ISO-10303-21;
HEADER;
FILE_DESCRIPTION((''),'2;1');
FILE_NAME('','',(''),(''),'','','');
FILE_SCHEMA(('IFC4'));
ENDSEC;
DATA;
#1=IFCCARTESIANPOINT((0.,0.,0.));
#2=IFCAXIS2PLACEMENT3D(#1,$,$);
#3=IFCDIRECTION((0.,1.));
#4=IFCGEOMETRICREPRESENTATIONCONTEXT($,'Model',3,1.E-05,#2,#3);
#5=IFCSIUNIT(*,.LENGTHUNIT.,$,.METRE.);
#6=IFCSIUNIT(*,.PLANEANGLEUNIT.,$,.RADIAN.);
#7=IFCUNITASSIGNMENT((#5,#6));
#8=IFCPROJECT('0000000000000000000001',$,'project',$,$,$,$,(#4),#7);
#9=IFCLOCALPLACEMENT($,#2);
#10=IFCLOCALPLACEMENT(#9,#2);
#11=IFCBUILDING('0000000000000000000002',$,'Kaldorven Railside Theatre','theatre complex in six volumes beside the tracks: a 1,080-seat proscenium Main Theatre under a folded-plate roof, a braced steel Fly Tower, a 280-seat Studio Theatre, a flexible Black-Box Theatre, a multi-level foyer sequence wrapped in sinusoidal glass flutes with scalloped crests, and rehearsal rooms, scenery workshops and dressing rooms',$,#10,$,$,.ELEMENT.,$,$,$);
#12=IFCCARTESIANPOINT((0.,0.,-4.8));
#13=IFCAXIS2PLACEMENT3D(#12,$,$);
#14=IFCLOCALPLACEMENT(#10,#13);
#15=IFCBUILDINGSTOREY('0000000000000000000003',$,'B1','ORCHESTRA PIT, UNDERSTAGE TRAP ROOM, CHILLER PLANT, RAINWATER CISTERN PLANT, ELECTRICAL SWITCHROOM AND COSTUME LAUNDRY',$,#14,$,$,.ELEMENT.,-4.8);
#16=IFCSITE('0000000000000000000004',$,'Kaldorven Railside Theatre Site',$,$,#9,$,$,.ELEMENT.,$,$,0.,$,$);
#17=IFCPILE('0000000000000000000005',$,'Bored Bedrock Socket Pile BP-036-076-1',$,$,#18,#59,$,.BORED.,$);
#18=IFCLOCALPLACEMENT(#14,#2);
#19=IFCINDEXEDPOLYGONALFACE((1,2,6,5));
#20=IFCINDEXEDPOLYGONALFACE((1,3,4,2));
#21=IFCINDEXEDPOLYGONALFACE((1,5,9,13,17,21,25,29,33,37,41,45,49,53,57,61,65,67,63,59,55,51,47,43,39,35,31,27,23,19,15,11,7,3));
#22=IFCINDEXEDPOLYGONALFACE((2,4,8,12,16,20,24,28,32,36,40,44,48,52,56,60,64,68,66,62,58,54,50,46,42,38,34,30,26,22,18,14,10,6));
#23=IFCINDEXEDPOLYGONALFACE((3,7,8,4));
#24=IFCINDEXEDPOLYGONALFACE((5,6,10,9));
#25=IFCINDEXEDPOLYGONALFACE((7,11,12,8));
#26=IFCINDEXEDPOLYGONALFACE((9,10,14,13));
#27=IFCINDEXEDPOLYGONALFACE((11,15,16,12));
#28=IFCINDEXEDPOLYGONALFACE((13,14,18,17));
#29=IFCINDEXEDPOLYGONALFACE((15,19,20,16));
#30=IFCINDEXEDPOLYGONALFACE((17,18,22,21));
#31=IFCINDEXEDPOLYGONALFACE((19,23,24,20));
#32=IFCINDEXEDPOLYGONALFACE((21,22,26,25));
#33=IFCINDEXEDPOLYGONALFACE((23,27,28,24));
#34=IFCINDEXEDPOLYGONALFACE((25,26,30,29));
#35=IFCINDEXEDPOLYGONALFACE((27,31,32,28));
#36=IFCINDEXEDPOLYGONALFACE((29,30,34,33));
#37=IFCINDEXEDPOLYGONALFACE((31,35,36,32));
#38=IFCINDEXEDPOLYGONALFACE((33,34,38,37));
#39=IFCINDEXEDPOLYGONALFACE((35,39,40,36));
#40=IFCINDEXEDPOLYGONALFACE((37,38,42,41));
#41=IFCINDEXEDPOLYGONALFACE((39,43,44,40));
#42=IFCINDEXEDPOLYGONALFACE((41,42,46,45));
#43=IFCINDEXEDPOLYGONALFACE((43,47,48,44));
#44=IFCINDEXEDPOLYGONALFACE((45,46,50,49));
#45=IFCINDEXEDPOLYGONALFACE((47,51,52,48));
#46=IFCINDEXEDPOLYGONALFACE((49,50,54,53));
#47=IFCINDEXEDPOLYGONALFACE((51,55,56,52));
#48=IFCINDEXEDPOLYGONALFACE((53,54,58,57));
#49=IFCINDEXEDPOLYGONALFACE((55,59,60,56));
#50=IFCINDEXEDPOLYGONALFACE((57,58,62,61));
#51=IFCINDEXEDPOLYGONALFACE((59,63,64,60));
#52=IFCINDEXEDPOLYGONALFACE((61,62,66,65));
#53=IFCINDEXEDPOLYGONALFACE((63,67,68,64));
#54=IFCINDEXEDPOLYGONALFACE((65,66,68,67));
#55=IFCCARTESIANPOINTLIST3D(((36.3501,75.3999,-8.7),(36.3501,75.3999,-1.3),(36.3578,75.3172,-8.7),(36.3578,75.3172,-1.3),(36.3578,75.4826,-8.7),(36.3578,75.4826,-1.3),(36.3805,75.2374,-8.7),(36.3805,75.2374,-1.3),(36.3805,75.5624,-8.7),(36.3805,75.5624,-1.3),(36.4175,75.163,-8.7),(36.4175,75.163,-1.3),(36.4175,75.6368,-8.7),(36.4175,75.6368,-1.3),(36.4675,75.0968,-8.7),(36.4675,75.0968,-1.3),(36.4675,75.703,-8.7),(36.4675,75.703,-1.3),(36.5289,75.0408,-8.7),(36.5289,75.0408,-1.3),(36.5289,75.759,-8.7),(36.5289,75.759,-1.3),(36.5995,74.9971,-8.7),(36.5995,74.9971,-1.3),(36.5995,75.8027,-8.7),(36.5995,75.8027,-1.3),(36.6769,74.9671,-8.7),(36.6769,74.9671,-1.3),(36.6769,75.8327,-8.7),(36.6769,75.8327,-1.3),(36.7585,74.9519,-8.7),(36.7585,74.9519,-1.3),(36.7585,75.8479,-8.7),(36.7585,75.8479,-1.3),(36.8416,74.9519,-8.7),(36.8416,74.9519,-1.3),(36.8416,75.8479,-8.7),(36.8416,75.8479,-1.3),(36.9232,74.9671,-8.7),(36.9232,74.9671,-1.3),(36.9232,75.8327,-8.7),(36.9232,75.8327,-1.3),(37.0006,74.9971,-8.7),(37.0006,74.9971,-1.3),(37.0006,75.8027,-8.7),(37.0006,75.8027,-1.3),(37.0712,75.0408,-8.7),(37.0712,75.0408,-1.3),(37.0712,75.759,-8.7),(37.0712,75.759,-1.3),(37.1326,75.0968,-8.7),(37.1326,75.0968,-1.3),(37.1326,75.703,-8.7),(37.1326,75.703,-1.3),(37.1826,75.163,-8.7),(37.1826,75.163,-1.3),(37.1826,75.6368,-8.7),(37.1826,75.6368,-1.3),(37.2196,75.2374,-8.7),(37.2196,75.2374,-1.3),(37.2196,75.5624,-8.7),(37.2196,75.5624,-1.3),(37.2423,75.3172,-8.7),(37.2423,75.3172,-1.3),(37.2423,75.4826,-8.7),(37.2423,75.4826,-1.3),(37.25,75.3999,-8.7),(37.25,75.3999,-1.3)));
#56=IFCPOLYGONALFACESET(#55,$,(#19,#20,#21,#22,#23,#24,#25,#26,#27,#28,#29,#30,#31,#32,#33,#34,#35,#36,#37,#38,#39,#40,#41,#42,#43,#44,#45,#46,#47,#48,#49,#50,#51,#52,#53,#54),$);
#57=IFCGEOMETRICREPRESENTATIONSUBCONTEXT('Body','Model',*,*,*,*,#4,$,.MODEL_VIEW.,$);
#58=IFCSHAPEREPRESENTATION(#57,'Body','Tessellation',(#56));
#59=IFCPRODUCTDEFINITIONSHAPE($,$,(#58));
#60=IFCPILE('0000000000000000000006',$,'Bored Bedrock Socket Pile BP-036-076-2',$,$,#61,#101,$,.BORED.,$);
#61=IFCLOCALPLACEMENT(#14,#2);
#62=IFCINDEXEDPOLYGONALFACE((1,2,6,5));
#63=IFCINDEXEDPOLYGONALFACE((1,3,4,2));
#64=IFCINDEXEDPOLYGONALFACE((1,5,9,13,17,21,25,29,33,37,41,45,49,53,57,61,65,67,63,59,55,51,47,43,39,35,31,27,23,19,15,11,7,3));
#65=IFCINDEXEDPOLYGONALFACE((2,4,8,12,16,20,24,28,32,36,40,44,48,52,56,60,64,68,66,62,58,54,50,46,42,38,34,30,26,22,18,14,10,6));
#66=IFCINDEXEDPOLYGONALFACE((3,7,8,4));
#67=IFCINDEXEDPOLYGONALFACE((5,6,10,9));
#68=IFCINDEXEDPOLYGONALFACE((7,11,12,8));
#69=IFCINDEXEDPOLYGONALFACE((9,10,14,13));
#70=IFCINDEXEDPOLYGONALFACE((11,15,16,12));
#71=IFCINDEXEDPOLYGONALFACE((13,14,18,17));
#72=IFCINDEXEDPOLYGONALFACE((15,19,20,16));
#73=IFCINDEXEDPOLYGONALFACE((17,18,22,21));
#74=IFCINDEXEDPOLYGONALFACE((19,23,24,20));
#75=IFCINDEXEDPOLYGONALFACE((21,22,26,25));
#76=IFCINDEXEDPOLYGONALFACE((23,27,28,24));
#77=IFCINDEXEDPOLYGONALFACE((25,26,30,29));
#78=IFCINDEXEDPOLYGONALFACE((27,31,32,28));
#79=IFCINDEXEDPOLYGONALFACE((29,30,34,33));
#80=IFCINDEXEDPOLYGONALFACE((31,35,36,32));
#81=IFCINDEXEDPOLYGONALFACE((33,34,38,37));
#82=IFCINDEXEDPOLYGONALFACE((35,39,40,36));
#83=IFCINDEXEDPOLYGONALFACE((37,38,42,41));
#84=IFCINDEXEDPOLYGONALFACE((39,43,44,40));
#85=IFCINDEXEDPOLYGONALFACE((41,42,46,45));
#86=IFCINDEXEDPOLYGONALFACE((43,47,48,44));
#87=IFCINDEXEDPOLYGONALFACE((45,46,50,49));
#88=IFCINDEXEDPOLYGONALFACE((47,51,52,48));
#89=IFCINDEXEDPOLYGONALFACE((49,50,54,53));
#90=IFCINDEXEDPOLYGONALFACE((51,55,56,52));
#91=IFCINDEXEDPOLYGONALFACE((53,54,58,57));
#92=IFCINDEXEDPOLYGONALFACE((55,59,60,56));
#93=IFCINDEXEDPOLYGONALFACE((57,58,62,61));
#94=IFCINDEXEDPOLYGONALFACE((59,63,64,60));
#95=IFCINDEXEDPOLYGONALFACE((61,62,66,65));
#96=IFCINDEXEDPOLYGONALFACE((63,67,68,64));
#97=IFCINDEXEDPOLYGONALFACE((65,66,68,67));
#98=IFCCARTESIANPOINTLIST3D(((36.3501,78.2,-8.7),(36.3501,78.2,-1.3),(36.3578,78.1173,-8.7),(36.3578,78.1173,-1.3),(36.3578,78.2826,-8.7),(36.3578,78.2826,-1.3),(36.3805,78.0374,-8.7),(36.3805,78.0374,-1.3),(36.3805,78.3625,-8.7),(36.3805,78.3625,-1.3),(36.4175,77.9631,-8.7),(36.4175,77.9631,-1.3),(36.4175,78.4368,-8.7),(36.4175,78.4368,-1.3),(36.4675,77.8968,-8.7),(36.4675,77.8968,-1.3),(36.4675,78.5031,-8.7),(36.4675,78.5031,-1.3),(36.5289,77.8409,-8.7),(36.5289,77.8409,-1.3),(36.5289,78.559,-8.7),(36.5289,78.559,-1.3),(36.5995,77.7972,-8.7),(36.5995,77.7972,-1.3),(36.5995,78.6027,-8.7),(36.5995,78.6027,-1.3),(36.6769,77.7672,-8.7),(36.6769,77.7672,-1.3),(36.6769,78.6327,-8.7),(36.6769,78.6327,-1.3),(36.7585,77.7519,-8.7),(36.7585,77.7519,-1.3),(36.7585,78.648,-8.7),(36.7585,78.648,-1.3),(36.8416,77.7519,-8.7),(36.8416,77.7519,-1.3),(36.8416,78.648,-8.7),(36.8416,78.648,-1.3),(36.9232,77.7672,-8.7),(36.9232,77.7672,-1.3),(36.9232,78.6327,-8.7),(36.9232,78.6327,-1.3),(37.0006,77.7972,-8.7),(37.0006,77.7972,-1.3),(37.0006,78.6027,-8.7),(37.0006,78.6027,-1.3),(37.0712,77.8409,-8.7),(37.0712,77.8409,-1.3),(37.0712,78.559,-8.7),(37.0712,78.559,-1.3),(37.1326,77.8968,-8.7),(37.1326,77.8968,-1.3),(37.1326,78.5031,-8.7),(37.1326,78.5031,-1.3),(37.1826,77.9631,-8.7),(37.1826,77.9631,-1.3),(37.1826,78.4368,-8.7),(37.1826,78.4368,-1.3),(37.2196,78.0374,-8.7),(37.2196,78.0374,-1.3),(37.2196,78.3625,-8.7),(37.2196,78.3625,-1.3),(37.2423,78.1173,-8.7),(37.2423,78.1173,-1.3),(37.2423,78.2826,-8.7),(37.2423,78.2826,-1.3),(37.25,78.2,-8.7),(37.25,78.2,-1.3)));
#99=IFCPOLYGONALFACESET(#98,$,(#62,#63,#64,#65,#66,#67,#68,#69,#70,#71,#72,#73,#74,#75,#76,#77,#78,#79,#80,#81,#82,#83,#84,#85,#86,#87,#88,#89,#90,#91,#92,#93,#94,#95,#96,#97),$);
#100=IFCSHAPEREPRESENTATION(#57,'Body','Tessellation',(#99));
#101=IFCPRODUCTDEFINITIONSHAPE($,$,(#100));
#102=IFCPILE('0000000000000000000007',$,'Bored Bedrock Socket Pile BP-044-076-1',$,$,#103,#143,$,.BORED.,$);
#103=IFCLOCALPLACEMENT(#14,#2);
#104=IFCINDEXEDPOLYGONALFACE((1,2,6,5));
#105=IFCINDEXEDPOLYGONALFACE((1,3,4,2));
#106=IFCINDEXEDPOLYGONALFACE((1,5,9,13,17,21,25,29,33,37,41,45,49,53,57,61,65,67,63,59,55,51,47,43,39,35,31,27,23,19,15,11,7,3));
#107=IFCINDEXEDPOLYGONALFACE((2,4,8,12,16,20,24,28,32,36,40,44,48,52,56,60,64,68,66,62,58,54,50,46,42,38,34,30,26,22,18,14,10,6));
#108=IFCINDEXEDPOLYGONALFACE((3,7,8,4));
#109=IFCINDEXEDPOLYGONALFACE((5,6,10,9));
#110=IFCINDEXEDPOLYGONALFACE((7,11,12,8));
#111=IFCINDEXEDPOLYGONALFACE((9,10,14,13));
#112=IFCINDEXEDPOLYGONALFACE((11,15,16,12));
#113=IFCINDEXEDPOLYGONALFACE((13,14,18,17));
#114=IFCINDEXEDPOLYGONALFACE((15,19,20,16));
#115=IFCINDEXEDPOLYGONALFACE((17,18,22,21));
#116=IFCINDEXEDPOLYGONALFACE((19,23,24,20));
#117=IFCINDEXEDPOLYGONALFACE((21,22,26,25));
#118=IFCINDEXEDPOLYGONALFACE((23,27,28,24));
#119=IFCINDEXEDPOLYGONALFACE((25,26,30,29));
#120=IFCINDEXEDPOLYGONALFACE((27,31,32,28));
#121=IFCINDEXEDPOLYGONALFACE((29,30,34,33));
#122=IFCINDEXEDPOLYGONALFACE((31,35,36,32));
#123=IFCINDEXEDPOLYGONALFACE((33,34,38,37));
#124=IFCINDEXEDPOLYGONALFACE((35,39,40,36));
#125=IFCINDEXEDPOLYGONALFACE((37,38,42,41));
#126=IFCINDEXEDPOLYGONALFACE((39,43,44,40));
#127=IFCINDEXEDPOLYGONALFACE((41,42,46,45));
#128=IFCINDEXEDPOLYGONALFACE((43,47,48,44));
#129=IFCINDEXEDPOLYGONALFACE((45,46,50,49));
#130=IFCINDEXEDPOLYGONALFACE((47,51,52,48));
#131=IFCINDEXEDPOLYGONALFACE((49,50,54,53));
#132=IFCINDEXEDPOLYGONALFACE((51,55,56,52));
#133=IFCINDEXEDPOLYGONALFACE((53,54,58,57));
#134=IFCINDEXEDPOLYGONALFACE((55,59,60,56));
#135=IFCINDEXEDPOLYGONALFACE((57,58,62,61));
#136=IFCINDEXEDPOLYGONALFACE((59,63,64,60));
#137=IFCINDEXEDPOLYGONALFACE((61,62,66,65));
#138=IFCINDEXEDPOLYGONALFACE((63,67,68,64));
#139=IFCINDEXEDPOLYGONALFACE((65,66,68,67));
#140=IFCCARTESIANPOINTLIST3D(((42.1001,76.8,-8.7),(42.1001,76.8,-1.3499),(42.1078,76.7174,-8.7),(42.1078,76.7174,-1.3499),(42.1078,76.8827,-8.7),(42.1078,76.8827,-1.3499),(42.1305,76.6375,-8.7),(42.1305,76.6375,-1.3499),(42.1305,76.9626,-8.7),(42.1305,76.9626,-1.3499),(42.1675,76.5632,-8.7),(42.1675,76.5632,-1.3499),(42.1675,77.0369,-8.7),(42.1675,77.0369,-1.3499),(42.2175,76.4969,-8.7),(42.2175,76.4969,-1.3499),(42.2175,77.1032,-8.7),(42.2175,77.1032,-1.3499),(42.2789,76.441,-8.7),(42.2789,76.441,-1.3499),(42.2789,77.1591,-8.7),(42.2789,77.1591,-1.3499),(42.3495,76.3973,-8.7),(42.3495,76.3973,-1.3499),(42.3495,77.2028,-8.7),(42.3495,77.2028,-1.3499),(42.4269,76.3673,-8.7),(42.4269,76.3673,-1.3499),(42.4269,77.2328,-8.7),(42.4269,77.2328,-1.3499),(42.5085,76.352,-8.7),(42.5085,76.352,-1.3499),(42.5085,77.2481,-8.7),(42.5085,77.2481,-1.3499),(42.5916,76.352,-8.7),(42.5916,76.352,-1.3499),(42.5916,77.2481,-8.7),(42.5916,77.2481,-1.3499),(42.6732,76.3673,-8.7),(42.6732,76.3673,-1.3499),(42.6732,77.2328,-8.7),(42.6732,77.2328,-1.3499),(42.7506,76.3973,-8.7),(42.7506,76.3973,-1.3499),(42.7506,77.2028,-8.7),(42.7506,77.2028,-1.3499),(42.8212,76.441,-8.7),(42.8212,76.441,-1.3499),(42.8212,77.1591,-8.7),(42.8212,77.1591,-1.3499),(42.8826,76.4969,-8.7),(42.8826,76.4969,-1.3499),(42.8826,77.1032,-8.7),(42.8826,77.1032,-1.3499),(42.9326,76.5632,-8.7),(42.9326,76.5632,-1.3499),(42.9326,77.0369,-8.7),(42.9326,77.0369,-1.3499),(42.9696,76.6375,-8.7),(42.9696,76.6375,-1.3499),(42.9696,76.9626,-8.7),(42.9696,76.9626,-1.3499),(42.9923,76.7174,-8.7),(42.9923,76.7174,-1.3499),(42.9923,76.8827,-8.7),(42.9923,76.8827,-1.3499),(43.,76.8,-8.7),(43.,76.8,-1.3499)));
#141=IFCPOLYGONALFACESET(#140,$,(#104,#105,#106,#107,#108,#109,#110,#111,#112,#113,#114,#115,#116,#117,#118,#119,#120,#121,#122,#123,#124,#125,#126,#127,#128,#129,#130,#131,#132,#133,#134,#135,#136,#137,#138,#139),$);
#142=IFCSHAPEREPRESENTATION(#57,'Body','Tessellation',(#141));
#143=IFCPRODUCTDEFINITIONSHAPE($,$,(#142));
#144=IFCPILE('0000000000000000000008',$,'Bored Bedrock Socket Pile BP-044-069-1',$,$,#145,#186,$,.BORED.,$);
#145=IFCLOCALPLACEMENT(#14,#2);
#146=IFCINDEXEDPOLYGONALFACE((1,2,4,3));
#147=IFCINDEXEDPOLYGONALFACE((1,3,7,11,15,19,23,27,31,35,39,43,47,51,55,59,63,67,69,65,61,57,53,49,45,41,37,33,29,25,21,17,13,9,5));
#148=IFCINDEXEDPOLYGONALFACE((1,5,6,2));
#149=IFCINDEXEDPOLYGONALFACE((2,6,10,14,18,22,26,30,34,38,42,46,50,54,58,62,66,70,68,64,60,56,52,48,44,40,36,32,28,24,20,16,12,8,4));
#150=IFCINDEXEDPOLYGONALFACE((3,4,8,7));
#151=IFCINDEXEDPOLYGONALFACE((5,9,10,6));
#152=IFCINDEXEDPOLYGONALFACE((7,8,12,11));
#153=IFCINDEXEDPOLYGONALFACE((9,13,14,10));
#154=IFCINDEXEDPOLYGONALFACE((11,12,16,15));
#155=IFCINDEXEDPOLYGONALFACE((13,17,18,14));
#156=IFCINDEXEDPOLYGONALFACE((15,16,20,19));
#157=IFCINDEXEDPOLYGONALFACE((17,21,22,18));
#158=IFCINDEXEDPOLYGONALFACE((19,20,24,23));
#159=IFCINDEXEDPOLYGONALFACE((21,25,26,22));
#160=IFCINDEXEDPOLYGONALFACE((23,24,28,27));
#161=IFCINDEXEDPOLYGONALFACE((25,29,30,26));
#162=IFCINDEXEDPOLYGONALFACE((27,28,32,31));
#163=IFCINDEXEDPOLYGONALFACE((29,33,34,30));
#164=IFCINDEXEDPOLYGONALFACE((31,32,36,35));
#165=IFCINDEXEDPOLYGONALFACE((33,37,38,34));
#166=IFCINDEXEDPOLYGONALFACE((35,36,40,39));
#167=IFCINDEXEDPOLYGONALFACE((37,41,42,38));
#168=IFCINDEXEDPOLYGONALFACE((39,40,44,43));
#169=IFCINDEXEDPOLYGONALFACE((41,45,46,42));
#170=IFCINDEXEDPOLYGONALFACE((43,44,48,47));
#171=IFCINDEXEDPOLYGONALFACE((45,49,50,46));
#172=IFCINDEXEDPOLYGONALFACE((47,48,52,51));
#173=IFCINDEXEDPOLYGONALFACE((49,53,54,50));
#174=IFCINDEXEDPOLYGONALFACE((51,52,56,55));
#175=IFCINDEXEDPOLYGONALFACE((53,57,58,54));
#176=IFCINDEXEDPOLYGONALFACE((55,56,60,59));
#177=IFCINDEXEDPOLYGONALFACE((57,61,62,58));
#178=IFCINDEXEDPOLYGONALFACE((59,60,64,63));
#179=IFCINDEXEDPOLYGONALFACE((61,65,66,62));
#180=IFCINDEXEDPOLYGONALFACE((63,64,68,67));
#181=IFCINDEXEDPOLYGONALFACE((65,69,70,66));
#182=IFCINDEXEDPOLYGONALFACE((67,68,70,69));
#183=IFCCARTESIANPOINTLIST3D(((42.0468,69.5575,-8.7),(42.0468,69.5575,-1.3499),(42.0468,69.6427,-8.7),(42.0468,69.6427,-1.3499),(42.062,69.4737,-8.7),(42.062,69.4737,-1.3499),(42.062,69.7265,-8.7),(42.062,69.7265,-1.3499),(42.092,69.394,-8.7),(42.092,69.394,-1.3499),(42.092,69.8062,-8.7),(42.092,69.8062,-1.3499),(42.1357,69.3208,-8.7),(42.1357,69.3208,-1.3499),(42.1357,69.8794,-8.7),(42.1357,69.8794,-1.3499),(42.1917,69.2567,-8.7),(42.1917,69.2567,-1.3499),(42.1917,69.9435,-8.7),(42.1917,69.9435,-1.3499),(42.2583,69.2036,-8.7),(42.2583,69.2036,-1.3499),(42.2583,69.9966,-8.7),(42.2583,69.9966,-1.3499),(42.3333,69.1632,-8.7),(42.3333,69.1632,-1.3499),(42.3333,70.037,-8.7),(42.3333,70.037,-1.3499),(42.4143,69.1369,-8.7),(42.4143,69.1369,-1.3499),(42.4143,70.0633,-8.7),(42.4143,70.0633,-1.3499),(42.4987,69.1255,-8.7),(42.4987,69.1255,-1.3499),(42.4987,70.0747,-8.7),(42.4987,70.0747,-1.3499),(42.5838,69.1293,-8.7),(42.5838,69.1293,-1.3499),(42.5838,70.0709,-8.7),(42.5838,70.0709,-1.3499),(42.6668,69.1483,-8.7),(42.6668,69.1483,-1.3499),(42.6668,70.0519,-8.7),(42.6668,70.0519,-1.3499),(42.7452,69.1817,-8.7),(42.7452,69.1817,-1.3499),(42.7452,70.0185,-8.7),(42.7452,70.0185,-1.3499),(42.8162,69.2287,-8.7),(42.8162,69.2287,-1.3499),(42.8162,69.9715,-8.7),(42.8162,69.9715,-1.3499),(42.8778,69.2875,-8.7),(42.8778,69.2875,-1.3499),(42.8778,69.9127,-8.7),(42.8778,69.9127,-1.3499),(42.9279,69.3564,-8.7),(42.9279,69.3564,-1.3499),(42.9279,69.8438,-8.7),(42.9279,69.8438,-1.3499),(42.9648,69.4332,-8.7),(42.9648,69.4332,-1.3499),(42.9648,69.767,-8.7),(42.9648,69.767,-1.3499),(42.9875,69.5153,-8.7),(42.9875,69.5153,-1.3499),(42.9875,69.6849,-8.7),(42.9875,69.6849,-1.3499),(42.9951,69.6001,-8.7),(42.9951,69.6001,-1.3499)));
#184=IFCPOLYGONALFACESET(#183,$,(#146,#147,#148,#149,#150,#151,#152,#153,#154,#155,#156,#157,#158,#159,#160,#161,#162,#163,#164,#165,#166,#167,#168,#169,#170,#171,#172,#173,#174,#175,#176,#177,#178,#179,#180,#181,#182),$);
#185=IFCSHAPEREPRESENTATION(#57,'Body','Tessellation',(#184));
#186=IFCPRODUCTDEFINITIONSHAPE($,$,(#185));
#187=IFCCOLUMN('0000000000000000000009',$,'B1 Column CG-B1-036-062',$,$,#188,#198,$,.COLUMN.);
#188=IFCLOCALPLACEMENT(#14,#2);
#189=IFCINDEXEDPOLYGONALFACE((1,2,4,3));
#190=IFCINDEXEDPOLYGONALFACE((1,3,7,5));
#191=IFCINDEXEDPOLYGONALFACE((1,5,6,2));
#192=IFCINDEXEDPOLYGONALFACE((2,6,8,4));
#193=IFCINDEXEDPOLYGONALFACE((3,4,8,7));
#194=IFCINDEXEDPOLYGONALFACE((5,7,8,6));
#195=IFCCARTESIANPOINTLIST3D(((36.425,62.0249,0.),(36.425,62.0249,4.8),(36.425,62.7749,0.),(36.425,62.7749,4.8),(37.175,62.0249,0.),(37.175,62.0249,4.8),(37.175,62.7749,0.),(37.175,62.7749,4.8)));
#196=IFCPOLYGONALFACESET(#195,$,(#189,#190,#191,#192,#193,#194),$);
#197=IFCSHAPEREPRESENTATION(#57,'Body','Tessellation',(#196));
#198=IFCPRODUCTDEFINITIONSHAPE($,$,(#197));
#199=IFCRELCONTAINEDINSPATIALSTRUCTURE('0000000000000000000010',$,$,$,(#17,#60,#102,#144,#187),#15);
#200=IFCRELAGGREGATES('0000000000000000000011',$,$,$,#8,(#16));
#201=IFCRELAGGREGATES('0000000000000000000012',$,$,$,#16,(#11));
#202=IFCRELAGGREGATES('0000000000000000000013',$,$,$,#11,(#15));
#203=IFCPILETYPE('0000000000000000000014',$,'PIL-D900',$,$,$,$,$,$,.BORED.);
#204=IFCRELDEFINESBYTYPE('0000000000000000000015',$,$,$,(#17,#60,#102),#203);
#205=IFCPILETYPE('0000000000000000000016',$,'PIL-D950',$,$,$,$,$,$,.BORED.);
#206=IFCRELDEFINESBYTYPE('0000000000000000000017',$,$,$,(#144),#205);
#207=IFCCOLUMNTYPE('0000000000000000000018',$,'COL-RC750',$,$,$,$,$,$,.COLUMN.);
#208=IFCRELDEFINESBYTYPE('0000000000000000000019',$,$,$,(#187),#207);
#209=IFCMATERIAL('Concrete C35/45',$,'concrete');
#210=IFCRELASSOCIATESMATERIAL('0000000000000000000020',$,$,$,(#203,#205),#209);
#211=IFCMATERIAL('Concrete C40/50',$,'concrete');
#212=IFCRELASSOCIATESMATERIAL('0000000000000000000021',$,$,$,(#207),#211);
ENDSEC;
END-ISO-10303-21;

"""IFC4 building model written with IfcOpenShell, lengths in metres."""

from ifc_helpers import new_model, si_unit, direction, frame, origin, origin_2d, place, context, subcontext, project, spatial, rectangle, circle, extrude, material, material_profile, profile_set, type_object, element, save


model = new_model("IFC4")

# Units and contexts
model_context = context("Model", 3, precision=1e-05, world=origin(), true_north=direction((0.0, 1.0)))
body_context = subcontext(model_context, "Body", "Model", "MODEL_VIEW")
ifc_project = project(units=[si_unit("LENGTHUNIT", "METRE"), si_unit("PLANEANGLEUNIT", "RADIAN")], contexts=[model_context])

# Site, building, storey
site_placement = place(None, origin())
site = spatial("IfcSite", under=ifc_project, at=site_placement, Name="Kaldorven Railside Theatre Site", CompositionType="ELEMENT", RefElevation=0.0)
building_placement = place(site_placement, origin())
building = spatial("IfcBuilding", under=site, at=building_placement, Name="Kaldorven Railside Theatre", Description="theatre complex in six volumes beside the tracks: a 1,080-seat proscenium Main Theatre under a folded-plate roof, a braced steel Fly Tower, a 280-seat Studio Theatre, a flexible Black-Box Theatre, a multi-level foyer sequence wrapped in sinusoidal glass flutes with scalloped crests, and rehearsal rooms, scenery workshops and dressing rooms", CompositionType="ELEMENT")
storey_placement = place(building_placement, frame((0.0, 0.0, -4.8)))
storey = spatial("IfcBuildingStorey", under=building, at=storey_placement, Name="B1", Description="ORCHESTRA PIT, UNDERSTAGE TRAP ROOM, CHILLER PLANT, RAINWATER CISTERN PLANT, ELECTRICAL SWITCHROOM AND COSTUME LAUNDRY", CompositionType="ELEMENT", Elevation=-4.8)

# Shared definitions
ifc_material_1 = material(Name="Concrete C40/50", Category="concrete")

# Piles
ifc_material_2 = material(Name="Concrete C35/45", Category="concrete")
ifc_material_profile_1 = material_profile(ifc_material_2, circle(Radius=0.45, at=origin_2d()), Name="BP D900")
ifc_profile_set_1 = profile_set([ifc_material_profile_1], Name="Concrete C35/45")
pile_type_1 = type_object("IfcPileType", Name="PIL-D900", PredefinedType="BORED", material=ifc_profile_set_1)
for number, where, z_axis, x_axis, name in (
    (1, (36.8, 75.3999, -1.3), (0.0, 0.0, -1.0), (1.0, 0.0, 0.0), "Bored Bedrock Socket Pile BP-036-076-1"),
    (2, (36.8, 78.2, -1.3), (0.0, 0.0, -1.0), (1.0, 0.0, 0.0), "Bored Bedrock Socket Pile BP-036-076-2"),
):
    element("IfcPile", number, at=place(storey_placement, frame(where, z_axis=z_axis, x_axis=x_axis)), inside=storey, type_object=pile_type_1, Name=name, PredefinedType="BORED", context=body_context, shape_type="SweptSolid", body=[
        extrude(circle(Radius=0.45, at=origin_2d()), origin(), (0.0, 0.0, 1.0), 7.3999),
    ])
pile_1_placement = place(storey_placement, frame((42.55, 76.8, -1.3499), z_axis=(0.0, 0.0, -1.0), x_axis=(1.0, 0.0, 0.0)))
element("IfcPile", 3, at=pile_1_placement, inside=storey, type_object=pile_type_1, Name="Bored Bedrock Socket Pile BP-044-076-1", PredefinedType="BORED", context=body_context, shape_type="SweptSolid", body=[
    extrude(circle(Radius=0.45, at=origin_2d()), origin(), (0.0, 0.0, 1.0), 7.3501),
])
ifc_material_profile_2 = material_profile(ifc_material_2, circle(Radius=0.4751, at=origin_2d()), Name="BP D950")
ifc_profile_set_2 = profile_set([ifc_material_profile_2], Name="Concrete C35/45")
pile_type_2 = type_object("IfcPileType", Name="PIL-D950", PredefinedType="BORED", material=ifc_profile_set_2)
pile_2_placement = place(storey_placement, frame((42.52, 69.6001, -1.3499), z_axis=(0.0, 0.0, -1.0), x_axis=(1.0, 0.0, 0.0)))
element("IfcPile", 4, at=pile_2_placement, inside=storey, type_object=pile_type_2, Name="Bored Bedrock Socket Pile BP-044-069-1", PredefinedType="BORED", context=body_context, shape_type="SweptSolid", body=[
    extrude(circle(Radius=0.4751, at=origin_2d()), origin(), (0.0, 0.0, 1.0), 7.3501),
])

# Column
ifc_material_profile_3 = material_profile(ifc_material_1, rectangle(XDim=0.75, YDim=0.75, at=origin_2d()), Name="RC 750x750")
ifc_profile_set_3 = profile_set([ifc_material_profile_3], Name="Concrete C40/50")
column_type = type_object("IfcColumnType", Name="COL-RC750", PredefinedType="COLUMN", material=ifc_profile_set_3)
for number, where, z_axis, x_axis, name in (
    (5, (36.8, 62.3999, 0.0), (0.0, 0.0, 1.0), (0.0, 1.0, 0.0), "B1 Column CG-B1-036-062"),
):
    element("IfcColumn", number, at=place(storey_placement, frame(where, z_axis=z_axis, x_axis=x_axis)), inside=storey, type_object=column_type, Name=name, PredefinedType="COLUMN", context=body_context, shape_type="SweptSolid", body=[
        extrude(rectangle(XDim=0.75, YDim=0.75, at=origin_2d()), origin(), (0.0, 0.0, 1.0), 4.8),
    ])

save(model, "model.ifc")
